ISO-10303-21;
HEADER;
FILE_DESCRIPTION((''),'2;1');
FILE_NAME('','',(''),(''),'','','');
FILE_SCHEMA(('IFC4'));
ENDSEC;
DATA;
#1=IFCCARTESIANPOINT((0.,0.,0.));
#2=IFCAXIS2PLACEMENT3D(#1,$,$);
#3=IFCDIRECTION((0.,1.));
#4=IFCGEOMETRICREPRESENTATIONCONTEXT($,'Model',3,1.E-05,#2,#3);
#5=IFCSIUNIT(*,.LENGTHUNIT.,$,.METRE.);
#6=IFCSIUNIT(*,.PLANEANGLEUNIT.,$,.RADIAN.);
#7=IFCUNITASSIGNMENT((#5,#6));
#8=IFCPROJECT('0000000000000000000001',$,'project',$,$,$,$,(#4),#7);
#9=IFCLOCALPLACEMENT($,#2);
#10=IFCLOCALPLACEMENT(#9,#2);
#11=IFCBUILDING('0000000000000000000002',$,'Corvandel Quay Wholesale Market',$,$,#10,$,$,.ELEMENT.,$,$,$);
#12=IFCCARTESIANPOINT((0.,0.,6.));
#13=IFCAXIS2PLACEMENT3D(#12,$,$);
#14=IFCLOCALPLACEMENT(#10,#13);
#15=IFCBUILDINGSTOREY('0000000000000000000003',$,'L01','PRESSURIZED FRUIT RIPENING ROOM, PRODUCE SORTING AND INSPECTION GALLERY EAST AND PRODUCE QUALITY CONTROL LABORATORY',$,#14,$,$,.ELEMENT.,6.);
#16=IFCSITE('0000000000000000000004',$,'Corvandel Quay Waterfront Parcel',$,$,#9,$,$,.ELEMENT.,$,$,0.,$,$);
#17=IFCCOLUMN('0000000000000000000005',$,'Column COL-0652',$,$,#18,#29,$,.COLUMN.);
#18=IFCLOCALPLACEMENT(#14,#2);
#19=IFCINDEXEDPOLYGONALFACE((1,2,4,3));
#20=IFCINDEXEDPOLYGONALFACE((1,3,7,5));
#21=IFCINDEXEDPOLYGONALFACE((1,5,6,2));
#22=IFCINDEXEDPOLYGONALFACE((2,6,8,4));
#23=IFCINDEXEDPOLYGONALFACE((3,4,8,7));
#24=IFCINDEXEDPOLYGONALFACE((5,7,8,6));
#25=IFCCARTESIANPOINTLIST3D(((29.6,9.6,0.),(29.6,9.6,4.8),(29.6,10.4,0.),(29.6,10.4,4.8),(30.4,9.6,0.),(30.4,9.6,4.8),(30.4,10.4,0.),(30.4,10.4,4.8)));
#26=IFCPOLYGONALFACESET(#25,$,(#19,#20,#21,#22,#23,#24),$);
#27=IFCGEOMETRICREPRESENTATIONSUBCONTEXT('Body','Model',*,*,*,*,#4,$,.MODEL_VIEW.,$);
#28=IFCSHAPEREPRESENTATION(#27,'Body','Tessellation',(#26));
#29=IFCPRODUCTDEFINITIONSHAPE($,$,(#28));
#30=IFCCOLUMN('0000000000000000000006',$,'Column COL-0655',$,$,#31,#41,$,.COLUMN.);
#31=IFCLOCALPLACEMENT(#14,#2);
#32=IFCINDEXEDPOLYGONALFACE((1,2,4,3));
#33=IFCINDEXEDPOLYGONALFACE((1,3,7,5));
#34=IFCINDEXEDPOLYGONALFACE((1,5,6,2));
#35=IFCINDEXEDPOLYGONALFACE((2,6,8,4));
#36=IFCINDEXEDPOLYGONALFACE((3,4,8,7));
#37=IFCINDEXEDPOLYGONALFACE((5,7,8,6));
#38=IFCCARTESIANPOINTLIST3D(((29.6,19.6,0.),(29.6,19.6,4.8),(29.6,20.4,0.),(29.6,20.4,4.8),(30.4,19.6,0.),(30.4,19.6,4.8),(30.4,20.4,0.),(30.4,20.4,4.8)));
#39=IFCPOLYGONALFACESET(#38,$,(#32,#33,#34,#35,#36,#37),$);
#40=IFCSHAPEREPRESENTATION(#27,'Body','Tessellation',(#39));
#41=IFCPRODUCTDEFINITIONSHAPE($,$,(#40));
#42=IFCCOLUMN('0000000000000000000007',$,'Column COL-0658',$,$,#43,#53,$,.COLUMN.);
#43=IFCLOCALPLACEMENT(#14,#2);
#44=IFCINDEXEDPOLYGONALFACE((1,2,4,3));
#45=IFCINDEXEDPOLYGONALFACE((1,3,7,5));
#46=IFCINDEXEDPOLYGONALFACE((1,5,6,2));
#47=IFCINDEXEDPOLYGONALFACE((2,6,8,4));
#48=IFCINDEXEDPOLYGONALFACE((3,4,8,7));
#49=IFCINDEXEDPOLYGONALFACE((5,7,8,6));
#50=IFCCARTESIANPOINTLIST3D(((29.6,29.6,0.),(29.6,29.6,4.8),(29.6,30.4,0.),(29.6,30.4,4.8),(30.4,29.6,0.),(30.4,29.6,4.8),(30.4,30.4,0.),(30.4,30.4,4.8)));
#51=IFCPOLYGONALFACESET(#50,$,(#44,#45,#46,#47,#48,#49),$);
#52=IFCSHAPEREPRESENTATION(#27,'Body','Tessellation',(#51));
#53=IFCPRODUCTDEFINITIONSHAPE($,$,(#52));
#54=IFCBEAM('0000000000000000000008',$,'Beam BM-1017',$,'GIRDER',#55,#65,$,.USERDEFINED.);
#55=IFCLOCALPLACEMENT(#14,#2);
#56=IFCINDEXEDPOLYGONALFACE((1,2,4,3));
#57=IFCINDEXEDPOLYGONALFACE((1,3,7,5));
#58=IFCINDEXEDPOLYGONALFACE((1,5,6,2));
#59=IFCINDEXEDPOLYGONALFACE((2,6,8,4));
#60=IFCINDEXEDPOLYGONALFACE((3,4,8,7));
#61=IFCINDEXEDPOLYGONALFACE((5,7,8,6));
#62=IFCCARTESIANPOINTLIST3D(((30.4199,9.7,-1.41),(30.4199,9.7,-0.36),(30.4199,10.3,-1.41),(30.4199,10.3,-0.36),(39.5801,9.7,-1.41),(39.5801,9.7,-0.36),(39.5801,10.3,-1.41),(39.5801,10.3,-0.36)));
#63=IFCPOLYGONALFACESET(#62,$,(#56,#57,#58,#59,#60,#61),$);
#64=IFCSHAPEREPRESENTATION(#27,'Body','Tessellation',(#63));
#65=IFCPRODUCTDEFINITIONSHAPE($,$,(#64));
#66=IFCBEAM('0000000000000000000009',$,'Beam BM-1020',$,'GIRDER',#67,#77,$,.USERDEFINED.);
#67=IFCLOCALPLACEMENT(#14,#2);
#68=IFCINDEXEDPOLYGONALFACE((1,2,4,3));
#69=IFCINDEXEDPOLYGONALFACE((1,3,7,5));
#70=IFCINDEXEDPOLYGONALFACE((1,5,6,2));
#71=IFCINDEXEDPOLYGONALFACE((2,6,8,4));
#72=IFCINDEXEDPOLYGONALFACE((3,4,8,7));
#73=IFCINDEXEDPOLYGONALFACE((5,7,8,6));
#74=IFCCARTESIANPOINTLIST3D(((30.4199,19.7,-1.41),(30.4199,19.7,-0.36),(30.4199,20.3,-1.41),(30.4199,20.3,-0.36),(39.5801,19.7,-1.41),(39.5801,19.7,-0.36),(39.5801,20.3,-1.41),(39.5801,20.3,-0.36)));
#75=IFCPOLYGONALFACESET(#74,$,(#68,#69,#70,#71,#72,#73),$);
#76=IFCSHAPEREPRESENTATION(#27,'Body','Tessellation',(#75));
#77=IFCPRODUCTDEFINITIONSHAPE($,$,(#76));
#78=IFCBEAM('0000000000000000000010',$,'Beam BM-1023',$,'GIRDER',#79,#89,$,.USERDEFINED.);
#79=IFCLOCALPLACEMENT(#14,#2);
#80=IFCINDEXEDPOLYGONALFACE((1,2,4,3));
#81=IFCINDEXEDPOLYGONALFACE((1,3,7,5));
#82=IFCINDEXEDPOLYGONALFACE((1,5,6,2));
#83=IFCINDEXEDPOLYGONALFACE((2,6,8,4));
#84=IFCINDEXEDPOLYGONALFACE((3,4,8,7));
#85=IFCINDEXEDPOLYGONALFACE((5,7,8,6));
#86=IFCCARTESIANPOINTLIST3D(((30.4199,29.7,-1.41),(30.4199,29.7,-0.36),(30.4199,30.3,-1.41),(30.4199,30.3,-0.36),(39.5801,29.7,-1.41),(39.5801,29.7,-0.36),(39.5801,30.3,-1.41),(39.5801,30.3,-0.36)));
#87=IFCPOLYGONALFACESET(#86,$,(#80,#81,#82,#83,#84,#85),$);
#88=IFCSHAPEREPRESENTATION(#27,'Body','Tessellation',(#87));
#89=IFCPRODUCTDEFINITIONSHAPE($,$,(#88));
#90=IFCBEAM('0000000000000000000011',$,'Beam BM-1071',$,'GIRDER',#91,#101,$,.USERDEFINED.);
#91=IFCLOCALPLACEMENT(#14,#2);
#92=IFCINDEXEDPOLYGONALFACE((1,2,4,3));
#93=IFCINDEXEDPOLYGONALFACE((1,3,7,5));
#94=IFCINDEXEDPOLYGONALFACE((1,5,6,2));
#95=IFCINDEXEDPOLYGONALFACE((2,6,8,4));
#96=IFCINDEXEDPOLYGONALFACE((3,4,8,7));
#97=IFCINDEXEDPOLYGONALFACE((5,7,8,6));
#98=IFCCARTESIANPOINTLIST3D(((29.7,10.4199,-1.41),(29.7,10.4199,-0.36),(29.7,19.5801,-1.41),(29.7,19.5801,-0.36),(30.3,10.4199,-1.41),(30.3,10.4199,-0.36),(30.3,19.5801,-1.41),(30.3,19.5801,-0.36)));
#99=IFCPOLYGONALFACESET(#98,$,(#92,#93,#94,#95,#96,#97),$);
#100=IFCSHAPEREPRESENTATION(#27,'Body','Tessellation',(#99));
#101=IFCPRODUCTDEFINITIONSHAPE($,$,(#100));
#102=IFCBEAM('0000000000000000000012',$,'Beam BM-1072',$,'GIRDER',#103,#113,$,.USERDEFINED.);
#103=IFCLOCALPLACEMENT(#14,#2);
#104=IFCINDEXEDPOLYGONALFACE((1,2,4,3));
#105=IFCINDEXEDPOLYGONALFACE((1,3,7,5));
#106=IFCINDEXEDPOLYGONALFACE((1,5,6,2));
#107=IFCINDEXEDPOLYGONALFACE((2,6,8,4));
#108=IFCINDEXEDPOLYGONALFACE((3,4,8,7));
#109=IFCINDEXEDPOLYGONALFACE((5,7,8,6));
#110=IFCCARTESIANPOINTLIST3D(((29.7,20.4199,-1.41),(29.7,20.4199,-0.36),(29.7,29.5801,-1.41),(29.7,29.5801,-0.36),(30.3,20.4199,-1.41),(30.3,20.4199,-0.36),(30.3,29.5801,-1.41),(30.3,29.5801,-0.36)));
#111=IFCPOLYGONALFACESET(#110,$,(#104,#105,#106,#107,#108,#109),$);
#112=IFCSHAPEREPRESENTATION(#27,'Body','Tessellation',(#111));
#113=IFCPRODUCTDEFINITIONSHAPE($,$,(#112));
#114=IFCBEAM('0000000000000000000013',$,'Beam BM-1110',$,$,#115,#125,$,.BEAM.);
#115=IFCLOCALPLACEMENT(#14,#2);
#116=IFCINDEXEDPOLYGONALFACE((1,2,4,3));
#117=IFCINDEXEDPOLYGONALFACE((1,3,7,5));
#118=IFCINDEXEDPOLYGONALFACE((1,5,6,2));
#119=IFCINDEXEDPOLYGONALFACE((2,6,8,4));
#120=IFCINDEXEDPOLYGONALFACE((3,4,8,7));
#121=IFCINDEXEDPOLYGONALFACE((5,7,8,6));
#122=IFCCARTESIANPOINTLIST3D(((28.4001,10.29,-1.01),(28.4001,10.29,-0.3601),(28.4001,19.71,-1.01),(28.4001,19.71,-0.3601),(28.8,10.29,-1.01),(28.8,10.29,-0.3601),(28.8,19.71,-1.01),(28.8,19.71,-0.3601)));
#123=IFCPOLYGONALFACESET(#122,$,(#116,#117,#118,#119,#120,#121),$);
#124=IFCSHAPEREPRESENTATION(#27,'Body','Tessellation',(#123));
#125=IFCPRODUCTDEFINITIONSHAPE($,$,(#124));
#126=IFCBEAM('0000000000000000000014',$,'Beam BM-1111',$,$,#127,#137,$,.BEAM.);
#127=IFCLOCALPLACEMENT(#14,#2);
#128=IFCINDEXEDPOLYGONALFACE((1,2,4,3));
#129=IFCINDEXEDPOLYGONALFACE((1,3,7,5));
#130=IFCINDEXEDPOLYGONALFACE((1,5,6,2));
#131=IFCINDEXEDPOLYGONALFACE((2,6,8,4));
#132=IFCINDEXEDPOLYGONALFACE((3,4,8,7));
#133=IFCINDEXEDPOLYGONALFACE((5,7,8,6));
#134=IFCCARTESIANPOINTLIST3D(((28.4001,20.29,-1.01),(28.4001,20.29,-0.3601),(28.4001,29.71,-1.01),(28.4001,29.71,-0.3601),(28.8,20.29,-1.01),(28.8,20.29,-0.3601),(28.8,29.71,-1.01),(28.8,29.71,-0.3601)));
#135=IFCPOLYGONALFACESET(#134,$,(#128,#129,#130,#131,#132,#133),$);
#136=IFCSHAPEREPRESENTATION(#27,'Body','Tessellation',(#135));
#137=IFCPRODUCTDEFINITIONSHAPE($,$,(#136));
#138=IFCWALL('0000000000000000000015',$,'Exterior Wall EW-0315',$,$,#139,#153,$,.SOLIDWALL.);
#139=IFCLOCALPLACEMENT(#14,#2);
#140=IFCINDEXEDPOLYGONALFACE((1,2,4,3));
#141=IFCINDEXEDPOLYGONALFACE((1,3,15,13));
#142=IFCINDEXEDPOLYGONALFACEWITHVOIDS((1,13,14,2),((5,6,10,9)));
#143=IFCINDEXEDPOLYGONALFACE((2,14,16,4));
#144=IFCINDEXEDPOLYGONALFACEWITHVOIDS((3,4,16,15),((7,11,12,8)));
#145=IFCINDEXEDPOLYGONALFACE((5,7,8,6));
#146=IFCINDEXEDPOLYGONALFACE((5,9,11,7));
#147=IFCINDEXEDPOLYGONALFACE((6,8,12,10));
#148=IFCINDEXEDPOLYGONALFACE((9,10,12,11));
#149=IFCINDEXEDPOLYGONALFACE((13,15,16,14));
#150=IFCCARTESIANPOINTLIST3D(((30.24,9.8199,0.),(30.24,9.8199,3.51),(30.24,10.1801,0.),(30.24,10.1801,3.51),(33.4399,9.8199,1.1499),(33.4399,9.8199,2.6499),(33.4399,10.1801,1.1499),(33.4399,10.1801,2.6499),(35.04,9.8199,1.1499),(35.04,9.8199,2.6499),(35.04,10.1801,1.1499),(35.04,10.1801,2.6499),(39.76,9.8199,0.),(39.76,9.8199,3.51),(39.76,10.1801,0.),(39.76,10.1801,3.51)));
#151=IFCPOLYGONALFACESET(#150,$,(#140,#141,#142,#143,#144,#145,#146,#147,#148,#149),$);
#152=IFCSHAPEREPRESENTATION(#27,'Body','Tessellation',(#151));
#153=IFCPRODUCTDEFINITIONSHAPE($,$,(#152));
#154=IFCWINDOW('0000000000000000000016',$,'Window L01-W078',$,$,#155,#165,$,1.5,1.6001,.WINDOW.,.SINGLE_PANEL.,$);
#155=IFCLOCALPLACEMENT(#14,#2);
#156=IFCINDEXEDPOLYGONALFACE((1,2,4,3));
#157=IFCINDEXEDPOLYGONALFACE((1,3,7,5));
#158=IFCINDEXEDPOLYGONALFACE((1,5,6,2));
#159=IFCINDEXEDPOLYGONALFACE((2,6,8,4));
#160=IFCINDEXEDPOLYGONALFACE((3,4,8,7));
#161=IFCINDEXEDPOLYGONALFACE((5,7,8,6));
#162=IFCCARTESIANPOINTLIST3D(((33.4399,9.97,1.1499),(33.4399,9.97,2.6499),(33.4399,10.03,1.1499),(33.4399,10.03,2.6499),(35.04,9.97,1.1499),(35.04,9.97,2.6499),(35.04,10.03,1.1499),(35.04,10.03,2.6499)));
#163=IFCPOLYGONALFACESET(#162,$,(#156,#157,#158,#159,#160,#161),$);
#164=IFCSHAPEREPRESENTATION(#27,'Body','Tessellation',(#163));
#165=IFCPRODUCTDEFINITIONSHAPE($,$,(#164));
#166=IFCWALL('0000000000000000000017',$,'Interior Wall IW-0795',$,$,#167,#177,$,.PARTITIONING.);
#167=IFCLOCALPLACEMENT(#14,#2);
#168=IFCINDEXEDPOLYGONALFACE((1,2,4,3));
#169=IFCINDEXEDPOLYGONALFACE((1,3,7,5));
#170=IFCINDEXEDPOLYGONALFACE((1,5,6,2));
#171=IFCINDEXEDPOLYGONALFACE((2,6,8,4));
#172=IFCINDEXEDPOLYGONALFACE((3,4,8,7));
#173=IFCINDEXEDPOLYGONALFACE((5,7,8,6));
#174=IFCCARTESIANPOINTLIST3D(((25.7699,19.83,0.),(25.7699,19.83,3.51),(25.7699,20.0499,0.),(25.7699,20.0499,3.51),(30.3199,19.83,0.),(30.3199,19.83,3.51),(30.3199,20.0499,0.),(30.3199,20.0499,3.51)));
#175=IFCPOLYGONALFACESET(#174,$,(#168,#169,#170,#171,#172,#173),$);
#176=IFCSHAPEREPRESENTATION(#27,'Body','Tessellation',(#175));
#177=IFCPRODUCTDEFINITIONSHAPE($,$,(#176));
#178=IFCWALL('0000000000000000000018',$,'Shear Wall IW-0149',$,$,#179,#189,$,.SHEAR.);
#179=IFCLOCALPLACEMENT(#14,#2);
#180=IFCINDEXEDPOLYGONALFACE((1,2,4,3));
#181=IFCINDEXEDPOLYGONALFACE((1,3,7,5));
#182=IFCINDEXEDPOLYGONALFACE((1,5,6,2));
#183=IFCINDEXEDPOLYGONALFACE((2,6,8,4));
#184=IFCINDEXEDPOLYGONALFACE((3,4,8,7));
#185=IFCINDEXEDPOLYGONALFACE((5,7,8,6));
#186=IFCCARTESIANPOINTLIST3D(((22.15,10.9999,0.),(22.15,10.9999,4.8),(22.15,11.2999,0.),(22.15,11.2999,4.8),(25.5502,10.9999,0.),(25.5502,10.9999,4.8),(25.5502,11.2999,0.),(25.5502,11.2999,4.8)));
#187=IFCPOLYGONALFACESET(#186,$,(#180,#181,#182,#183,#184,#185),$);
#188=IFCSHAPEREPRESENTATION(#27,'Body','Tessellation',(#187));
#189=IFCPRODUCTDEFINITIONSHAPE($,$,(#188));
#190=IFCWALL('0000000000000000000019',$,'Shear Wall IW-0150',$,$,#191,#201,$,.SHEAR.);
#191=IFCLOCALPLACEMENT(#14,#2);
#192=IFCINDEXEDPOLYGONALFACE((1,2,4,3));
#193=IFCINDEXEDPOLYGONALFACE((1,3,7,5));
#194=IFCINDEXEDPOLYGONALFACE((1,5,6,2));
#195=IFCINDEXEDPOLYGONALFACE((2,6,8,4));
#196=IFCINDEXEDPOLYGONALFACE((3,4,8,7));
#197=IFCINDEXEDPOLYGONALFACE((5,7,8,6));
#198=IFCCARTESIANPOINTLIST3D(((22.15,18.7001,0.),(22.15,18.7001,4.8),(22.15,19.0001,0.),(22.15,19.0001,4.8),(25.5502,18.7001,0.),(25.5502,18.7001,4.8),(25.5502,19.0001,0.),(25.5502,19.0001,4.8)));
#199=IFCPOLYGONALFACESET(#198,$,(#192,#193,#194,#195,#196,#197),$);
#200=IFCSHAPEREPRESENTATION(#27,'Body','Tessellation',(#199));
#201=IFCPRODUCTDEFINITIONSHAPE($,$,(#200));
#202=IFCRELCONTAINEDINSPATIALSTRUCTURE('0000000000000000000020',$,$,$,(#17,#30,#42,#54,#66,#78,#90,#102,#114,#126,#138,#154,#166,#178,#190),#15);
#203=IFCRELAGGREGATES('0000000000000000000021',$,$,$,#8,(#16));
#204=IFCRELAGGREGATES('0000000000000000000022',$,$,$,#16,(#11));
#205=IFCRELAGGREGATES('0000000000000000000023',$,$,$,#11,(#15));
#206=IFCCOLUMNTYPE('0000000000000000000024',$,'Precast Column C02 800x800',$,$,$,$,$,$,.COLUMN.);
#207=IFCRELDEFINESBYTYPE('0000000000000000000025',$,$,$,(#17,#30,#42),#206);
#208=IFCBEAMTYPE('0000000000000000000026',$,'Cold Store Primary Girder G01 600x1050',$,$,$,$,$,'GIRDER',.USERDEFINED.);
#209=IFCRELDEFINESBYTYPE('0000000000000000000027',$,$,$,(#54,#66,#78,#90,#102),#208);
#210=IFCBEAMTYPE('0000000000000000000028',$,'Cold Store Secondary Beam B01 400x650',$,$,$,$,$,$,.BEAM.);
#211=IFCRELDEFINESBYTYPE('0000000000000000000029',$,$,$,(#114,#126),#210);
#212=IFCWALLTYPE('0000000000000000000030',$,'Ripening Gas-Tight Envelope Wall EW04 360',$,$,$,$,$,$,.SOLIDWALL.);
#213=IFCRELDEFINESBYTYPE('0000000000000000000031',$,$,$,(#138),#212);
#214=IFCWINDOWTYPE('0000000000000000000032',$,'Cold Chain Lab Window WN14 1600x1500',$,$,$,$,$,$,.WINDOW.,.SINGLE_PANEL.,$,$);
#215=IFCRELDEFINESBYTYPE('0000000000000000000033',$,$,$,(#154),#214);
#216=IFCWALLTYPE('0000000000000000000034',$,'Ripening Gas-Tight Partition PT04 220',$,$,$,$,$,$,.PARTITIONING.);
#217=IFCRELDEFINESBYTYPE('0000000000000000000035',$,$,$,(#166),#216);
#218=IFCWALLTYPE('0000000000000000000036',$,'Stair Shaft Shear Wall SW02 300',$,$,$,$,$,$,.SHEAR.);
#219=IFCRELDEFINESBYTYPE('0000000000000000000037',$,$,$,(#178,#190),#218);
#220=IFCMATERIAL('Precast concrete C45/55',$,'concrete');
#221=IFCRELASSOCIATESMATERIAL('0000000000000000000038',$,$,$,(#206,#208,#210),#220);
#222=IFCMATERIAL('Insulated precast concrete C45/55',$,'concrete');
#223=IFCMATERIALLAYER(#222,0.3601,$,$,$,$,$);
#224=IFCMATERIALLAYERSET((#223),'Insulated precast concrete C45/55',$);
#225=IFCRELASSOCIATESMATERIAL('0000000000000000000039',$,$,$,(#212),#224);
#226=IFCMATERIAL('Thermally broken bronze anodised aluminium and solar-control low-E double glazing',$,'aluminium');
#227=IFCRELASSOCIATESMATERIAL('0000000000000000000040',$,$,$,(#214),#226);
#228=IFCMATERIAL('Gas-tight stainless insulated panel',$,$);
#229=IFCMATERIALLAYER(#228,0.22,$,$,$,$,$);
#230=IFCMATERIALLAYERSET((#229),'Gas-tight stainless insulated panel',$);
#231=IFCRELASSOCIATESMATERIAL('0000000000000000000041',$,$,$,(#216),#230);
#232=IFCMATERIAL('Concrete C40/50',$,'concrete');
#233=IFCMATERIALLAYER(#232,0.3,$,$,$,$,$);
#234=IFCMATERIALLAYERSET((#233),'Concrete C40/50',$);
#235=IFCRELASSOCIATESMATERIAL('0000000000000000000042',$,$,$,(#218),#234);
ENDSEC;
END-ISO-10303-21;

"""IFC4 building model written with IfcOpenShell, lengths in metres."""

from ifc_helpers import new_model, si_unit, direction, frame, frame_2d, origin, origin_2d, place, context, subcontext, project, spatial, rectangle, extrude, material, layer, layer_set, material_profile, profile_set, type_object, element, fill, save


model = new_model("IFC4")

# Units and contexts
model_context = context("Model", 3, precision=1e-05, world=origin(), true_north=direction((0.0, 1.0)))
body_context = subcontext(model_context, "Body", "Model", "MODEL_VIEW")
ifc_project = project(units=[si_unit("LENGTHUNIT", "METRE"), si_unit("PLANEANGLEUNIT", "RADIAN")], contexts=[model_context])

# Site, building, storey
site_placement = place(None, origin())
site = spatial("IfcSite", under=ifc_project, at=site_placement, Name="Corvandel Quay Waterfront Parcel", CompositionType="ELEMENT", RefElevation=0.0)
building_placement = place(site_placement, origin())
building = spatial("IfcBuilding", under=site, at=building_placement, Name="Corvandel Quay Wholesale Market", CompositionType="ELEMENT")
storey_placement = place(building_placement, frame((0.0, 0.0, 6.0)))
storey = spatial("IfcBuildingStorey", under=building, at=storey_placement, Name="L01", Description="PRESSURIZED FRUIT RIPENING ROOM, PRODUCE SORTING AND INSPECTION GALLERY EAST AND PRODUCE QUALITY CONTROL LABORATORY", CompositionType="ELEMENT", Elevation=6.0)

# Columns
ifc_material_1 = material(Name="Precast concrete C45/55", Category="concrete")
ifc_material_profile_1 = material_profile(ifc_material_1, rectangle(XDim=0.8, YDim=0.8, at=origin_2d()), Name="PC-COL-800x800")
ifc_profile_set_1 = profile_set([ifc_material_profile_1], Name="Precast concrete C45/55")
column_type = type_object("IfcColumnType", Name="Precast Column C02 800x800", PredefinedType="COLUMN", material=ifc_profile_set_1)
for number, where, z_axis, x_axis, name in (
    (1, (30.0, 10.0, 0.0), (0.0, 0.0, 1.0), (1.0, 0.0, 0.0), "Column COL-0652"),
    (2, (30.0, 20.0, 0.0), (0.0, 0.0, 1.0), (1.0, 0.0, 0.0), "Column COL-0655"),
    (3, (30.0, 30.0, 0.0), (0.0, 0.0, 1.0), (1.0, 0.0, 0.0), "Column COL-0658"),
):
    element("IfcColumn", number, at=place(storey_placement, frame(where, z_axis=z_axis, x_axis=x_axis)), inside=storey, type_object=column_type, Name=name, PredefinedType="COLUMN", context=body_context, shape_type="SweptSolid", body=[
        extrude(rectangle(XDim=0.8, YDim=0.8, at=origin_2d()), origin(), (0.0, 0.0, 1.0), 4.8),
    ])

# Beams
ifc_material_profile_2 = material_profile(ifc_material_1, rectangle(XDim=0.6001, YDim=1.05, at=origin_2d()), Name="PC-GIR-600x1050")
ifc_profile_set_2 = profile_set([ifc_material_profile_2], Name="Precast concrete C45/55")
beam_type_1 = type_object("IfcBeamType", Name="Cold Store Primary Girder G01 600x1050", ElementType="GIRDER", PredefinedType="USERDEFINED", material=ifc_profile_set_2)
for number, where, z_axis, x_axis, name in (
    (4, (30.4199, 10.0, -0.885), (1.0, 0.0, 0.0), (0.0, 1.0, 0.0), "Beam BM-1017"),
    (5, (30.4199, 20.0, -0.885), (1.0, 0.0, 0.0), (0.0, 1.0, 0.0), "Beam BM-1020"),
    (6, (30.4199, 30.0, -0.885), (1.0, 0.0, 0.0), (0.0, 1.0, 0.0), "Beam BM-1023"),
    (7, (30.0, 10.4199, -0.885), (0.0, 1.0, 0.0), (-1.0, 0.0, 0.0), "Beam BM-1071"),
    (8, (30.0, 20.4199, -0.885), (0.0, 1.0, 0.0), (-1.0, 0.0, 0.0), "Beam BM-1072"),
):
    element("IfcBeam", number, at=place(storey_placement, frame(where, z_axis=z_axis, x_axis=x_axis)), inside=storey, type_object=beam_type_1, Name=name, ObjectType="GIRDER", PredefinedType="USERDEFINED", context=body_context, shape_type="SweptSolid", body=[
        extrude(rectangle(XDim=0.6001, YDim=1.05, at=origin_2d()), origin(), (0.0, 0.0, 1.0), 9.1602),
    ])
ifc_material_profile_3 = material_profile(ifc_material_1, rectangle(XDim=0.3999, YDim=0.6499, at=origin_2d()), Name="PC-BM-400x650")
ifc_profile_set_3 = profile_set([ifc_material_profile_3], Name="Precast concrete C45/55")
beam_type_2 = type_object("IfcBeamType", Name="Cold Store Secondary Beam B01 400x650", PredefinedType="BEAM", material=ifc_profile_set_3)
for number, where, z_axis, x_axis, name in (
    (9, (28.6001, 10.29, -0.6851), (0.0, 1.0, 0.0), (-1.0, 0.0, 0.0), "Beam BM-1110"),
    (10, (28.6001, 20.29, -0.6851), (0.0, 1.0, 0.0), (-1.0, 0.0, 0.0), "Beam BM-1111"),
):
    element("IfcBeam", number, at=place(storey_placement, frame(where, z_axis=z_axis, x_axis=x_axis)), inside=storey, type_object=beam_type_2, Name=name, PredefinedType="BEAM", context=body_context, shape_type="SweptSolid", body=[
        extrude(rectangle(XDim=0.3999, YDim=0.6499, at=origin_2d()), origin(), (0.0, 0.0, 1.0), 9.4199),
    ])

# Wall, opening, window
ifc_material_2 = material(Name="Insulated precast concrete C45/55", Category="concrete")
ifc_layer_1 = layer(ifc_material_2, 0.3601)
ifc_layer_set_1 = layer_set([ifc_layer_1], Name="Insulated precast concrete C45/55")
wall_type_1 = type_object("IfcWallType", Name="Ripening Gas-Tight Envelope Wall EW04 360", PredefinedType="SOLIDWALL", material=ifc_layer_set_1)
wall_1_placement = place(storey_placement, frame((30.24, 10.0, 0.0), z_axis=(0.0, 0.0, 1.0), x_axis=(1.0, 0.0, 0.0)))
wall_1 = element("IfcWall", 11, at=wall_1_placement, inside=storey, type_object=wall_type_1, Name="Exterior Wall EW-0315", PredefinedType="SOLIDWALL", context=body_context, shape_type="SweptSolid", body=[
    extrude(rectangle(XDim=9.52, YDim=0.3601, at=frame_2d((4.76, 0.0))), origin(), (0.0, 0.0, 1.0), 3.51),
])
opening_1_placement = place(wall_1_placement, frame((3.2, 0.0, 1.1499)))
opening_1 = element("IfcOpeningElement", 12, at=opening_1_placement, cuts=wall_1, PredefinedType="OPENING", context=body_context, shape_type="SweptSolid", body=[
    extrude(rectangle(XDim=1.6001, YDim=1.5, at=frame_2d((0.8, 0.75))), frame((0.0, 0.1899, 0.0), z_axis=(0.0, -1.0, 0.0), x_axis=(1.0, 0.0, 0.0)), (0.0, 0.0, 1.0), 0.3801),
])
ifc_material_3 = material(Name="Thermally broken bronze anodised aluminium and solar-control low-E double glazing", Category="aluminium")
window_type = type_object("IfcWindowType", Name="Cold Chain Lab Window WN14 1600x1500", PartitioningType="SINGLE_PANEL", PredefinedType="WINDOW", material=ifc_material_3)
window_placement = place(opening_1_placement, origin())
window = element("IfcWindow", 13, at=window_placement, inside=storey, type_object=window_type, Name="Window L01-W078", OverallHeight=1.5, OverallWidth=1.6001, PartitioningType="SINGLE_PANEL", PredefinedType="WINDOW", context=body_context, shape_type="SweptSolid", body=[
    extrude(rectangle(XDim=1.6001, YDim=1.5, at=frame_2d((0.8, 0.75))), frame((0.0, 0.03, 0.0), z_axis=(0.0, -1.0, 0.0), x_axis=(1.0, 0.0, 0.0)), (0.0, 0.0, 1.0), 0.0601),
])
fill(opening_1, window)

# Wall
ifc_material_4 = material(Name="Gas-tight stainless insulated panel")
ifc_layer_2 = layer(ifc_material_4, 0.22)
ifc_layer_set_2 = layer_set([ifc_layer_2], Name="Gas-tight stainless insulated panel")
wall_type_2 = type_object("IfcWallType", Name="Ripening Gas-Tight Partition PT04 220", PredefinedType="PARTITIONING", material=ifc_layer_set_2)
wall_2_placement = place(storey_placement, frame((25.77, 19.9399, 0.0), z_axis=(0.0, 0.0, 1.0), x_axis=(1.0, 0.0, 0.0)))
element("IfcWall", 14, at=wall_2_placement, inside=storey, type_object=wall_type_2, Name="Interior Wall IW-0795", PredefinedType="PARTITIONING", context=body_context, shape_type="SweptSolid", body=[
    extrude(rectangle(XDim=4.55, YDim=0.22, at=frame_2d((2.2749, 0.0))), origin(), (0.0, 0.0, 1.0), 3.51),
])

# Walls
ifc_material_5 = material(Name="Concrete C40/50", Category="concrete")
ifc_layer_3 = layer(ifc_material_5, 0.3)
ifc_layer_set_3 = layer_set([ifc_layer_3], Name="Concrete C40/50")
wall_type_3 = type_object("IfcWallType", Name="Stair Shaft Shear Wall SW02 300", PredefinedType="SHEAR", material=ifc_layer_set_3)
for number, where, z_axis, x_axis, name in (
    (15, (22.1499, 11.1499, 0.0), (0.0, 0.0, 1.0), (1.0, 0.0, 0.0), "Shear Wall IW-0149"),
    (16, (22.1499, 18.8501, 0.0), (0.0, 0.0, 1.0), (1.0, 0.0, 0.0), "Shear Wall IW-0150"),
):
    element("IfcWall", number, at=place(storey_placement, frame(where, z_axis=z_axis, x_axis=x_axis)), inside=storey, type_object=wall_type_3, Name=name, PredefinedType="SHEAR", context=body_context, shape_type="SweptSolid", body=[
        extrude(rectangle(XDim=3.4001, YDim=0.3, at=frame_2d((1.7002, 0.0))), origin(), (0.0, 0.0, 1.0), 4.8),
    ])

save(model, "model.ifc")
